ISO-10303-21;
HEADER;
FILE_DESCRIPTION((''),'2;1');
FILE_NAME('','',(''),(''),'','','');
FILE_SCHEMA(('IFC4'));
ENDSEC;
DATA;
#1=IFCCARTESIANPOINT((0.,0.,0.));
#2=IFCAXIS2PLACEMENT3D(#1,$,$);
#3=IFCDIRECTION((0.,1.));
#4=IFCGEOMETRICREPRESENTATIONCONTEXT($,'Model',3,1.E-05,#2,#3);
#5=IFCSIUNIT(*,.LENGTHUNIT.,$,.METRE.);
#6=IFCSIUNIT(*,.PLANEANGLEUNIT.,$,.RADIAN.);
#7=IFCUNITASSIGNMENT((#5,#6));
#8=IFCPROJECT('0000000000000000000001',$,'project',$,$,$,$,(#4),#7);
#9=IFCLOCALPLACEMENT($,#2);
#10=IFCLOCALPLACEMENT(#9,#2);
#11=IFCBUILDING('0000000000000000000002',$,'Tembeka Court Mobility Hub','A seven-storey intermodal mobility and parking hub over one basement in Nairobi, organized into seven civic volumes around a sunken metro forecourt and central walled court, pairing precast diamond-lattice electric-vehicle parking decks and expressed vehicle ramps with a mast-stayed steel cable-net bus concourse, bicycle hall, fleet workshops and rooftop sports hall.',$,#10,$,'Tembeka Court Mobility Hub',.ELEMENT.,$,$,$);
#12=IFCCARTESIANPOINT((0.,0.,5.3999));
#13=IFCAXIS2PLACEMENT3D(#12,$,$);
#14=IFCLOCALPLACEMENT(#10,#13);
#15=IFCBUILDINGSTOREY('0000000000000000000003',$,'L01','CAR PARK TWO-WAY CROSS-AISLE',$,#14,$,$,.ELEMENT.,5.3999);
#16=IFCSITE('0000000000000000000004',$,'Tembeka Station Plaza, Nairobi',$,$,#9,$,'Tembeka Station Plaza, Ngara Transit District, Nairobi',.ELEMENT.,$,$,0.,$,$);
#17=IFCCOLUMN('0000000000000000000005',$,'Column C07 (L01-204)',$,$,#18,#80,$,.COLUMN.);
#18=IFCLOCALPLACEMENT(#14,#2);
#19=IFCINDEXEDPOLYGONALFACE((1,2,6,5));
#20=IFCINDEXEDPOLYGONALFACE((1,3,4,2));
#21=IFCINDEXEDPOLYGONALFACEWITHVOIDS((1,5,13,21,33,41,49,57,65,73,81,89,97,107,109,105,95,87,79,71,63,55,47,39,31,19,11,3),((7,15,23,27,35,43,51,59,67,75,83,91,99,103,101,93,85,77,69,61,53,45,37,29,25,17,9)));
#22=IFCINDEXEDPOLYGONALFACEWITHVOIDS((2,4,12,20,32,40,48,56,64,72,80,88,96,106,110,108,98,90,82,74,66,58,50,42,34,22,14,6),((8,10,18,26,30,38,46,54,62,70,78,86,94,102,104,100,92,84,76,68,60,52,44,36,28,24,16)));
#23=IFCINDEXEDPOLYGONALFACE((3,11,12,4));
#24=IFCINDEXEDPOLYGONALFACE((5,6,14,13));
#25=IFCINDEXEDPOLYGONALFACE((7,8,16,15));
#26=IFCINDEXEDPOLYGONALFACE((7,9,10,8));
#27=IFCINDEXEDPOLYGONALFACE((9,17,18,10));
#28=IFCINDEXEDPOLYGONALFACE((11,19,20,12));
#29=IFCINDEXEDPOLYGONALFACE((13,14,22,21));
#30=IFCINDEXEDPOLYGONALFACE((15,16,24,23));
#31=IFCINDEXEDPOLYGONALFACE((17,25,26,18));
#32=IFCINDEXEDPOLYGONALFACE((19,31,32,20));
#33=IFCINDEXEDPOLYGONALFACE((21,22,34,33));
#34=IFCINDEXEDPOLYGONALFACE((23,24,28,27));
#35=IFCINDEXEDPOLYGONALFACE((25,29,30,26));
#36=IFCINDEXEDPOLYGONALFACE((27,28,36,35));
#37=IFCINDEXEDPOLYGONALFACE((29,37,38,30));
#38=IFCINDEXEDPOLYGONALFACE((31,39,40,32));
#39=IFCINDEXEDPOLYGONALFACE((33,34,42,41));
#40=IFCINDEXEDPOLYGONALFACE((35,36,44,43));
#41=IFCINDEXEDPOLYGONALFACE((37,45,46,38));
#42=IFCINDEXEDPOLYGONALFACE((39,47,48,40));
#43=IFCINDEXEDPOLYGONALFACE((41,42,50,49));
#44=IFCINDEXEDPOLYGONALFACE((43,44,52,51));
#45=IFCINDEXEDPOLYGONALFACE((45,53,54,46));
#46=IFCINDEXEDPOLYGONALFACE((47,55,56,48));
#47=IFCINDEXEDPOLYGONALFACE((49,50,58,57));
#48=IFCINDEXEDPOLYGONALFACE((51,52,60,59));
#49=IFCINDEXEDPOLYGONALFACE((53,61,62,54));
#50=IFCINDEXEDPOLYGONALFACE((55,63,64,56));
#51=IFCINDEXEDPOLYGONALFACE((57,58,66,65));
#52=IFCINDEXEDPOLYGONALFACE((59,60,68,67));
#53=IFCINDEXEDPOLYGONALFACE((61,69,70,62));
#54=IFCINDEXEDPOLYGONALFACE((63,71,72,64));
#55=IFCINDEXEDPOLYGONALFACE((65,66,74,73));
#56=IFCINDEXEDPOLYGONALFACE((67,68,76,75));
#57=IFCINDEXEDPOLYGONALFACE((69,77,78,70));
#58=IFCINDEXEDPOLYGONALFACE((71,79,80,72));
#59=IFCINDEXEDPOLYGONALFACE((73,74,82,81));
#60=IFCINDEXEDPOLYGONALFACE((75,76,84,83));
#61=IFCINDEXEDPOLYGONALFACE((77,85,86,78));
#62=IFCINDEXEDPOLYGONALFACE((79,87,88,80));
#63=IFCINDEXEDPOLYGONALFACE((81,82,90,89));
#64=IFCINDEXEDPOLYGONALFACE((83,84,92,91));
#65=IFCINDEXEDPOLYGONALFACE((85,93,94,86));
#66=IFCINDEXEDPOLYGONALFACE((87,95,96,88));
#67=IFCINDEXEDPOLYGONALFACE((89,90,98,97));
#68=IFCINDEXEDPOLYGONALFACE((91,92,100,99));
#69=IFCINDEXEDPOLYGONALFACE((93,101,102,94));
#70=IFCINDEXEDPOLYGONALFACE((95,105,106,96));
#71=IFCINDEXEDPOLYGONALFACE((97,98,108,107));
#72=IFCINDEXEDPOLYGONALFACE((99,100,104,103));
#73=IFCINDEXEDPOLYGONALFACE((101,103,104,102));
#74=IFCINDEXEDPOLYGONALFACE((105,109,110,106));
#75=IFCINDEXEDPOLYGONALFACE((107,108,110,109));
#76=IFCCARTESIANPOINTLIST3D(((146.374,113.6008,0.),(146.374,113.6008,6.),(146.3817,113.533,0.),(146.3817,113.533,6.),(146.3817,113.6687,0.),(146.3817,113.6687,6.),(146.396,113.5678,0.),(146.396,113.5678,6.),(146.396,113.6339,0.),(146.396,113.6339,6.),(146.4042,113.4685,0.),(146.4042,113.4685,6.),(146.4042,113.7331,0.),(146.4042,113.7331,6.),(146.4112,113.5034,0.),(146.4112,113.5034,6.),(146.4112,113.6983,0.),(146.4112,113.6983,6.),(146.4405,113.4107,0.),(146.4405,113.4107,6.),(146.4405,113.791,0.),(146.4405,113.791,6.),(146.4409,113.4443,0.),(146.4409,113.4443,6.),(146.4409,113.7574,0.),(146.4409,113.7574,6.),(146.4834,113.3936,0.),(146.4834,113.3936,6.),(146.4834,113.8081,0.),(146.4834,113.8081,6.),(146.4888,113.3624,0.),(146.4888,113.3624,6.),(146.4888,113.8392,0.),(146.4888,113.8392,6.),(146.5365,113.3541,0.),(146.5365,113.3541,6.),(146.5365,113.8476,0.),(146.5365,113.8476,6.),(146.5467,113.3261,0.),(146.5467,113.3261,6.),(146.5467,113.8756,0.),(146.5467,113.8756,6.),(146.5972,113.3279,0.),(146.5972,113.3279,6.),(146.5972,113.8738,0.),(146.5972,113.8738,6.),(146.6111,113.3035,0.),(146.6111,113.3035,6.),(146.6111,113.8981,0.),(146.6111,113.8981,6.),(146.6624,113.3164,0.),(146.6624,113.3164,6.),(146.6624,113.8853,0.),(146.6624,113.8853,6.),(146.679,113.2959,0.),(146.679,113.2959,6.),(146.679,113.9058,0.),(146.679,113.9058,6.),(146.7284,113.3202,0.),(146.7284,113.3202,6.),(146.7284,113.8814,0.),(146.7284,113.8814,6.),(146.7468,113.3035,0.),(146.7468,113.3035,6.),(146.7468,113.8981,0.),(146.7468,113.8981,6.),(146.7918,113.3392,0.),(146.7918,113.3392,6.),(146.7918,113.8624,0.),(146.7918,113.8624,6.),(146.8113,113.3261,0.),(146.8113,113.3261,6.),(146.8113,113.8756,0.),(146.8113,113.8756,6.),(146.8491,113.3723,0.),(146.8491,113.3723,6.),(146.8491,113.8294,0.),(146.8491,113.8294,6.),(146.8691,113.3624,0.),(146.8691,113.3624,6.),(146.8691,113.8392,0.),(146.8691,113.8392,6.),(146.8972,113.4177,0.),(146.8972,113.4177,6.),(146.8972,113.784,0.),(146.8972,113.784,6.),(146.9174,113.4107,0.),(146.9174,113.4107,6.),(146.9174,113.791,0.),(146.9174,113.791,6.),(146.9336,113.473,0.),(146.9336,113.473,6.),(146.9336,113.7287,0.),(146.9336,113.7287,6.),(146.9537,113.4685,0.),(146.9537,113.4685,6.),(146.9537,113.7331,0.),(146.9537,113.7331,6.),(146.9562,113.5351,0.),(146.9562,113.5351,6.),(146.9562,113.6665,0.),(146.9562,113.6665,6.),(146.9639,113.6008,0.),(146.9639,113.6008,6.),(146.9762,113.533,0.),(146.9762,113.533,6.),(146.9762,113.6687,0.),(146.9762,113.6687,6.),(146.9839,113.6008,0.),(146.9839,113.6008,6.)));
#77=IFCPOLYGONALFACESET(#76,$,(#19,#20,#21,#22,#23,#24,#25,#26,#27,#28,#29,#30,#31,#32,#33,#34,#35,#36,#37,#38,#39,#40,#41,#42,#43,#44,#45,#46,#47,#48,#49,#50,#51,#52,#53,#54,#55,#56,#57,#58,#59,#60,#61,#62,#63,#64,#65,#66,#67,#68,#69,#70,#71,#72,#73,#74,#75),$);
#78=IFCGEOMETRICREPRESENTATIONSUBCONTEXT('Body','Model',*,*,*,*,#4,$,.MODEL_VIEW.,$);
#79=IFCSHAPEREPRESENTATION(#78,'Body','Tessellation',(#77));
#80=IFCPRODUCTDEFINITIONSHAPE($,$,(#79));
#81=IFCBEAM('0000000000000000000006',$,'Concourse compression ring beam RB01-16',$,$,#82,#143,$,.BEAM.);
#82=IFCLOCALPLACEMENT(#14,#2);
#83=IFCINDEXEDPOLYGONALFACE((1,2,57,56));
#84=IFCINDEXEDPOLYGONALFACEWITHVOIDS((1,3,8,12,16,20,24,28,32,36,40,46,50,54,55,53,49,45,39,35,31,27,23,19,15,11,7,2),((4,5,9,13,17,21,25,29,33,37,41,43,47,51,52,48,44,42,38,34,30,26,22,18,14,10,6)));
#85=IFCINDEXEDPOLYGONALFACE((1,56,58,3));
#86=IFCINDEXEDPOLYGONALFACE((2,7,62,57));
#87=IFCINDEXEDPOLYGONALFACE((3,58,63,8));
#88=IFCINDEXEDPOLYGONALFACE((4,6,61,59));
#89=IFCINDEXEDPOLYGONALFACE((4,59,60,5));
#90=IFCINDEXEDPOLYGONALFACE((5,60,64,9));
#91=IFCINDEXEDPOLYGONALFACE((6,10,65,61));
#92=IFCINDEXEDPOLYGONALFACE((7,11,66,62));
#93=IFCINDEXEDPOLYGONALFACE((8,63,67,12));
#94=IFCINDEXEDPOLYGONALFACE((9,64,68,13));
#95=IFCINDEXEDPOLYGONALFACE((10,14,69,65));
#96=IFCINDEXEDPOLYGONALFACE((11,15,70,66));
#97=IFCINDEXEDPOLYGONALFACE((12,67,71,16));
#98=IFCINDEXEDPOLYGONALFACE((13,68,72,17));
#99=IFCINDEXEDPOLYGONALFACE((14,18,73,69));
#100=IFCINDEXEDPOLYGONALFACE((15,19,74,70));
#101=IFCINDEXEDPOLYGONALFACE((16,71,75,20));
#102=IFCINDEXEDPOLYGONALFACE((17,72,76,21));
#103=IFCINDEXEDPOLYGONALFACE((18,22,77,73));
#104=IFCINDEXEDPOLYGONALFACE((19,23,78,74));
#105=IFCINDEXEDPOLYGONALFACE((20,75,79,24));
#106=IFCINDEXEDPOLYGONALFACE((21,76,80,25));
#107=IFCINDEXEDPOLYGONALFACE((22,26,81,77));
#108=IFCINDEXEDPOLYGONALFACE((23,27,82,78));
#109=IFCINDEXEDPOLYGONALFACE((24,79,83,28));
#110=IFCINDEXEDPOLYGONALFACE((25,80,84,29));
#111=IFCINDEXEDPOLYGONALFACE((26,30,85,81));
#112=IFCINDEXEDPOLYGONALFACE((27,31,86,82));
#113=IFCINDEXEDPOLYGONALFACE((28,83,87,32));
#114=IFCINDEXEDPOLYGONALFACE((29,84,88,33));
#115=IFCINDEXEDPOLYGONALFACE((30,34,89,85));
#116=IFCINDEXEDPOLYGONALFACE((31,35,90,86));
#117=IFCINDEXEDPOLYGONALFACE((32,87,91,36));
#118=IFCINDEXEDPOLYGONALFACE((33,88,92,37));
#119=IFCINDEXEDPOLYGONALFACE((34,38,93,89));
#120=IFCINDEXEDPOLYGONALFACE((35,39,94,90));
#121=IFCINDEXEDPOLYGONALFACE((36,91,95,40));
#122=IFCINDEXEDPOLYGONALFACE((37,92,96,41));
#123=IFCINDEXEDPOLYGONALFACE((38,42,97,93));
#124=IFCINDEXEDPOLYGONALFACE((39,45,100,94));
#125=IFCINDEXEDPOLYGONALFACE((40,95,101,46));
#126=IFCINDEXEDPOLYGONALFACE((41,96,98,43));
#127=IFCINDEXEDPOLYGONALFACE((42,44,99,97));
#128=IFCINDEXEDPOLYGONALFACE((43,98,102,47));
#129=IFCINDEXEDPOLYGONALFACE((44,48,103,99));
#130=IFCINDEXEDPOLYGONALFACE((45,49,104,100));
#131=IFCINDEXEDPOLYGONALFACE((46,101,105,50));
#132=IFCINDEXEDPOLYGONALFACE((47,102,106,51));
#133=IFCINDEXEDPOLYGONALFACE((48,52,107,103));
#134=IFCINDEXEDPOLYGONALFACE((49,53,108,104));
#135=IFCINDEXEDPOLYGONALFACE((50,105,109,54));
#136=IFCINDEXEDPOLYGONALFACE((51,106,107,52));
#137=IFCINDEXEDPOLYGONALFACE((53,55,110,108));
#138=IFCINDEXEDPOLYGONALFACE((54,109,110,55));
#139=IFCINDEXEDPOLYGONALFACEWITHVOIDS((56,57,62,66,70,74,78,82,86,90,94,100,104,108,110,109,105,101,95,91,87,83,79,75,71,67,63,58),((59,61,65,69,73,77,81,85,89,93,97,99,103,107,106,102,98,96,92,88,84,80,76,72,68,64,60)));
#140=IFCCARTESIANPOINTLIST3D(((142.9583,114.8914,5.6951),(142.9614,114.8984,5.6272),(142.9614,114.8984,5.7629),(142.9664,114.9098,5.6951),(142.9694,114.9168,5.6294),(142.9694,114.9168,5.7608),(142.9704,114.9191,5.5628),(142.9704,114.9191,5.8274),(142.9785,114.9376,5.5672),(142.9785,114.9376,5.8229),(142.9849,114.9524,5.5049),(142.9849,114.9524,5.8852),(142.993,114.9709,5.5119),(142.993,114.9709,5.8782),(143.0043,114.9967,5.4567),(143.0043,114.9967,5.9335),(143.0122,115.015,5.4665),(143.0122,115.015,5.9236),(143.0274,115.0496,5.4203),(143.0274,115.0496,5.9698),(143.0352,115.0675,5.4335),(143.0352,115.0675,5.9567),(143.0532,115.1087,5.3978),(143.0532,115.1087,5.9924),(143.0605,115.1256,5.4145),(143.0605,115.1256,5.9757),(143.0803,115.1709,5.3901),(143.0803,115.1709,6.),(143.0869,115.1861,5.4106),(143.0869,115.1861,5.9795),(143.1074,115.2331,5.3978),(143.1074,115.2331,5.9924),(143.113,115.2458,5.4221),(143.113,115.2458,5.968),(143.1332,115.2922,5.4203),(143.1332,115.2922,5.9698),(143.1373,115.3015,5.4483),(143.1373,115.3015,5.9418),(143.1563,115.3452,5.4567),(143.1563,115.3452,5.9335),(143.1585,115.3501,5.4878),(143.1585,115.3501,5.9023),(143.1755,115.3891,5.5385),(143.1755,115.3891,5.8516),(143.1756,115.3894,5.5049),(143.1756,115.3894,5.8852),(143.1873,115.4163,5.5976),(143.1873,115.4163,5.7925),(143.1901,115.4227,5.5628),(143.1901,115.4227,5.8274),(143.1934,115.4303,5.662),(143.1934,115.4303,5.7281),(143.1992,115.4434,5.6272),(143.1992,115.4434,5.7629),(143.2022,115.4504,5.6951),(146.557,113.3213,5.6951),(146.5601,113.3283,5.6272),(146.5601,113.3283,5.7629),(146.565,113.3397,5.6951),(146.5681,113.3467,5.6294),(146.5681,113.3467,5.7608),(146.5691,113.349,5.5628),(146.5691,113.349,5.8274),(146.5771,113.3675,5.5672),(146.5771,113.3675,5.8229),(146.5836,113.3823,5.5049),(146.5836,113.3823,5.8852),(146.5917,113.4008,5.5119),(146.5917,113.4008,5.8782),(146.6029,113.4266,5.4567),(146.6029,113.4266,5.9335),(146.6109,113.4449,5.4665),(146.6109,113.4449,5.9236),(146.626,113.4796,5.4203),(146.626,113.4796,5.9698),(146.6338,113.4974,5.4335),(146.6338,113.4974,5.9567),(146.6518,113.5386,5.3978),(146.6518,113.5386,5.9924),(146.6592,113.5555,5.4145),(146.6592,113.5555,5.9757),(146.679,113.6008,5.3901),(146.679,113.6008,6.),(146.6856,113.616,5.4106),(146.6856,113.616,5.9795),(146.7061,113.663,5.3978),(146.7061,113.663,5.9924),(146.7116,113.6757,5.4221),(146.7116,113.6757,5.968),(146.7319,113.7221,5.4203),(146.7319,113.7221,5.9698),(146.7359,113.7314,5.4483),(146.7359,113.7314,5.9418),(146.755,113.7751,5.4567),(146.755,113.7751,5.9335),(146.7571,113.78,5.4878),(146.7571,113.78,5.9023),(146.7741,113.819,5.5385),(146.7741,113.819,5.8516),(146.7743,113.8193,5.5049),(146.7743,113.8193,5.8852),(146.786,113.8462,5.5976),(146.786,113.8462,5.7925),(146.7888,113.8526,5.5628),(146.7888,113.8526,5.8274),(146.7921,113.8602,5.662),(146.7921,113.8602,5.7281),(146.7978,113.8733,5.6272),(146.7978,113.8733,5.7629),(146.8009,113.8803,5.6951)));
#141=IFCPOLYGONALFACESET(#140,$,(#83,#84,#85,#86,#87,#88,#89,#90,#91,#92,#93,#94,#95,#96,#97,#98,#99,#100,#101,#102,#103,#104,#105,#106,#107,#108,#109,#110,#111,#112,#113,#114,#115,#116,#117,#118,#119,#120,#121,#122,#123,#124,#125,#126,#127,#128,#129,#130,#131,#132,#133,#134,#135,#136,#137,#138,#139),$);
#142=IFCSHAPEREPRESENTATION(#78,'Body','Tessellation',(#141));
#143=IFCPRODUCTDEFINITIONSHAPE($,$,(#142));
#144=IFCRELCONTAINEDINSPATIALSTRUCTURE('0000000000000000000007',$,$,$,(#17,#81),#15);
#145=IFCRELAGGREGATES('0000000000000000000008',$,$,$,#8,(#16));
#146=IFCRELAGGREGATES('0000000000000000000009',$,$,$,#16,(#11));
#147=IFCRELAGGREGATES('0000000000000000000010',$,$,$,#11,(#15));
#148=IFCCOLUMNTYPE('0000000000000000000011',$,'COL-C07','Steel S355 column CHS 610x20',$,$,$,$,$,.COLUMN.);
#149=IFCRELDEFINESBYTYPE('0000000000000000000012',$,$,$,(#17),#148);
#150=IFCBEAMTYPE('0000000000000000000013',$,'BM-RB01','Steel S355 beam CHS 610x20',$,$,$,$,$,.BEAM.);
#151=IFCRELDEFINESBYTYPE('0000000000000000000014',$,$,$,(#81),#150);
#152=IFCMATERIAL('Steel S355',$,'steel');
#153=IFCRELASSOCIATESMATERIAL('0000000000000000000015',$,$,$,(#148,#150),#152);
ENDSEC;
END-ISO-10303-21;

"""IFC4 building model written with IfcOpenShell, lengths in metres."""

from ifc_helpers import new_model, si_unit, direction, frame, origin, origin_2d, place, context, subcontext, project, spatial, hollow_circle, extrude, material, material_profile, profile_set, type_object, element, save


model = new_model("IFC4")

# Units and contexts
model_context = context("Model", 3, precision=1e-05, world=origin(), true_north=direction((0.0, 1.0)))
body_context = subcontext(model_context, "Body", "Model", "MODEL_VIEW")
ifc_project = project(units=[si_unit("LENGTHUNIT", "METRE"), si_unit("PLANEANGLEUNIT", "RADIAN")], contexts=[model_context])

# Site, building, storey
site_placement = place(None, origin())
site = spatial("IfcSite", under=ifc_project, at=site_placement, Name="Tembeka Station Plaza, Nairobi", LongName="Tembeka Station Plaza, Ngara Transit District, Nairobi", CompositionType="ELEMENT", RefElevation=0.0)
building_placement = place(site_placement, origin())
building = spatial("IfcBuilding", under=site, at=building_placement, Name="Tembeka Court Mobility Hub", Description="A seven-storey intermodal mobility and parking hub over one basement in Nairobi, organized into seven civic volumes around a sunken metro forecourt and central walled court, pairing precast diamond-lattice electric-vehicle parking decks and expressed vehicle ramps with a mast-stayed steel cable-net bus concourse, bicycle hall, fleet workshops and rooftop sports hall.", LongName="Tembeka Court Mobility Hub", CompositionType="ELEMENT")
storey_placement = place(building_placement, frame((0.0, 0.0, 5.3999)))
storey = spatial("IfcBuildingStorey", under=building, at=storey_placement, Name="L01", Description="CAR PARK TWO-WAY CROSS-AISLE", CompositionType="ELEMENT", Elevation=5.3999)

# Column
ifc_material_1 = material(Name="Steel S355", Category="steel")
ifc_material_profile_1 = material_profile(ifc_material_1, hollow_circle(Radius=0.3049, WallThickness=0.02, at=origin_2d()), Name="CHS 610x20")
ifc_profile_set_1 = profile_set([ifc_material_profile_1], Name="Steel S355")
column_type = type_object("IfcColumnType", Name="COL-C07", Description="Steel S355 column CHS 610x20", PredefinedType="COLUMN", material=ifc_profile_set_1)
column_placement = place(storey_placement, frame((146.679, 113.6008, 0.0), z_axis=(0.0, 0.0, 1.0), x_axis=(1.0, 0.0, 0.0)))
element("IfcColumn", 1, at=column_placement, inside=storey, type_object=column_type, Name="Column C07 (L01-204)", PredefinedType="COLUMN", context=body_context, shape_type="SweptSolid", body=[
    extrude(hollow_circle(Radius=0.3049, WallThickness=0.02, at=origin_2d()), origin(), (0.0, 0.0, 1.0), 6.0),
])

# Beam
ifc_material_profile_2 = material_profile(ifc_material_1, hollow_circle(Radius=0.3049, WallThickness=0.02, at=origin_2d()), Name="CHS 610x20")
ifc_profile_set_2 = profile_set([ifc_material_profile_2], Name="Steel S355")
beam_type = type_object("IfcBeamType", Name="BM-RB01", Description="Steel S355 beam CHS 610x20", PredefinedType="BEAM", material=ifc_profile_set_2)
beam_1_placement = place(storey_placement, frame((146.679, 113.6008, 5.6951), z_axis=(-0.916562, 0.399892, 0.0), x_axis=(-0.399892, -0.916562, 0.0)))
element("IfcBeam", 2, at=beam_1_placement, inside=storey, type_object=beam_type, Name="Concourse compression ring beam RB01-16", PredefinedType="BEAM", context=body_context, shape_type="SweptSolid", body=[
    extrude(hollow_circle(Radius=0.3049, WallThickness=0.02, at=origin_2d()), origin(), (0.0, 0.0, 1.0), 3.9263),
])

save(model, "model.ifc")
